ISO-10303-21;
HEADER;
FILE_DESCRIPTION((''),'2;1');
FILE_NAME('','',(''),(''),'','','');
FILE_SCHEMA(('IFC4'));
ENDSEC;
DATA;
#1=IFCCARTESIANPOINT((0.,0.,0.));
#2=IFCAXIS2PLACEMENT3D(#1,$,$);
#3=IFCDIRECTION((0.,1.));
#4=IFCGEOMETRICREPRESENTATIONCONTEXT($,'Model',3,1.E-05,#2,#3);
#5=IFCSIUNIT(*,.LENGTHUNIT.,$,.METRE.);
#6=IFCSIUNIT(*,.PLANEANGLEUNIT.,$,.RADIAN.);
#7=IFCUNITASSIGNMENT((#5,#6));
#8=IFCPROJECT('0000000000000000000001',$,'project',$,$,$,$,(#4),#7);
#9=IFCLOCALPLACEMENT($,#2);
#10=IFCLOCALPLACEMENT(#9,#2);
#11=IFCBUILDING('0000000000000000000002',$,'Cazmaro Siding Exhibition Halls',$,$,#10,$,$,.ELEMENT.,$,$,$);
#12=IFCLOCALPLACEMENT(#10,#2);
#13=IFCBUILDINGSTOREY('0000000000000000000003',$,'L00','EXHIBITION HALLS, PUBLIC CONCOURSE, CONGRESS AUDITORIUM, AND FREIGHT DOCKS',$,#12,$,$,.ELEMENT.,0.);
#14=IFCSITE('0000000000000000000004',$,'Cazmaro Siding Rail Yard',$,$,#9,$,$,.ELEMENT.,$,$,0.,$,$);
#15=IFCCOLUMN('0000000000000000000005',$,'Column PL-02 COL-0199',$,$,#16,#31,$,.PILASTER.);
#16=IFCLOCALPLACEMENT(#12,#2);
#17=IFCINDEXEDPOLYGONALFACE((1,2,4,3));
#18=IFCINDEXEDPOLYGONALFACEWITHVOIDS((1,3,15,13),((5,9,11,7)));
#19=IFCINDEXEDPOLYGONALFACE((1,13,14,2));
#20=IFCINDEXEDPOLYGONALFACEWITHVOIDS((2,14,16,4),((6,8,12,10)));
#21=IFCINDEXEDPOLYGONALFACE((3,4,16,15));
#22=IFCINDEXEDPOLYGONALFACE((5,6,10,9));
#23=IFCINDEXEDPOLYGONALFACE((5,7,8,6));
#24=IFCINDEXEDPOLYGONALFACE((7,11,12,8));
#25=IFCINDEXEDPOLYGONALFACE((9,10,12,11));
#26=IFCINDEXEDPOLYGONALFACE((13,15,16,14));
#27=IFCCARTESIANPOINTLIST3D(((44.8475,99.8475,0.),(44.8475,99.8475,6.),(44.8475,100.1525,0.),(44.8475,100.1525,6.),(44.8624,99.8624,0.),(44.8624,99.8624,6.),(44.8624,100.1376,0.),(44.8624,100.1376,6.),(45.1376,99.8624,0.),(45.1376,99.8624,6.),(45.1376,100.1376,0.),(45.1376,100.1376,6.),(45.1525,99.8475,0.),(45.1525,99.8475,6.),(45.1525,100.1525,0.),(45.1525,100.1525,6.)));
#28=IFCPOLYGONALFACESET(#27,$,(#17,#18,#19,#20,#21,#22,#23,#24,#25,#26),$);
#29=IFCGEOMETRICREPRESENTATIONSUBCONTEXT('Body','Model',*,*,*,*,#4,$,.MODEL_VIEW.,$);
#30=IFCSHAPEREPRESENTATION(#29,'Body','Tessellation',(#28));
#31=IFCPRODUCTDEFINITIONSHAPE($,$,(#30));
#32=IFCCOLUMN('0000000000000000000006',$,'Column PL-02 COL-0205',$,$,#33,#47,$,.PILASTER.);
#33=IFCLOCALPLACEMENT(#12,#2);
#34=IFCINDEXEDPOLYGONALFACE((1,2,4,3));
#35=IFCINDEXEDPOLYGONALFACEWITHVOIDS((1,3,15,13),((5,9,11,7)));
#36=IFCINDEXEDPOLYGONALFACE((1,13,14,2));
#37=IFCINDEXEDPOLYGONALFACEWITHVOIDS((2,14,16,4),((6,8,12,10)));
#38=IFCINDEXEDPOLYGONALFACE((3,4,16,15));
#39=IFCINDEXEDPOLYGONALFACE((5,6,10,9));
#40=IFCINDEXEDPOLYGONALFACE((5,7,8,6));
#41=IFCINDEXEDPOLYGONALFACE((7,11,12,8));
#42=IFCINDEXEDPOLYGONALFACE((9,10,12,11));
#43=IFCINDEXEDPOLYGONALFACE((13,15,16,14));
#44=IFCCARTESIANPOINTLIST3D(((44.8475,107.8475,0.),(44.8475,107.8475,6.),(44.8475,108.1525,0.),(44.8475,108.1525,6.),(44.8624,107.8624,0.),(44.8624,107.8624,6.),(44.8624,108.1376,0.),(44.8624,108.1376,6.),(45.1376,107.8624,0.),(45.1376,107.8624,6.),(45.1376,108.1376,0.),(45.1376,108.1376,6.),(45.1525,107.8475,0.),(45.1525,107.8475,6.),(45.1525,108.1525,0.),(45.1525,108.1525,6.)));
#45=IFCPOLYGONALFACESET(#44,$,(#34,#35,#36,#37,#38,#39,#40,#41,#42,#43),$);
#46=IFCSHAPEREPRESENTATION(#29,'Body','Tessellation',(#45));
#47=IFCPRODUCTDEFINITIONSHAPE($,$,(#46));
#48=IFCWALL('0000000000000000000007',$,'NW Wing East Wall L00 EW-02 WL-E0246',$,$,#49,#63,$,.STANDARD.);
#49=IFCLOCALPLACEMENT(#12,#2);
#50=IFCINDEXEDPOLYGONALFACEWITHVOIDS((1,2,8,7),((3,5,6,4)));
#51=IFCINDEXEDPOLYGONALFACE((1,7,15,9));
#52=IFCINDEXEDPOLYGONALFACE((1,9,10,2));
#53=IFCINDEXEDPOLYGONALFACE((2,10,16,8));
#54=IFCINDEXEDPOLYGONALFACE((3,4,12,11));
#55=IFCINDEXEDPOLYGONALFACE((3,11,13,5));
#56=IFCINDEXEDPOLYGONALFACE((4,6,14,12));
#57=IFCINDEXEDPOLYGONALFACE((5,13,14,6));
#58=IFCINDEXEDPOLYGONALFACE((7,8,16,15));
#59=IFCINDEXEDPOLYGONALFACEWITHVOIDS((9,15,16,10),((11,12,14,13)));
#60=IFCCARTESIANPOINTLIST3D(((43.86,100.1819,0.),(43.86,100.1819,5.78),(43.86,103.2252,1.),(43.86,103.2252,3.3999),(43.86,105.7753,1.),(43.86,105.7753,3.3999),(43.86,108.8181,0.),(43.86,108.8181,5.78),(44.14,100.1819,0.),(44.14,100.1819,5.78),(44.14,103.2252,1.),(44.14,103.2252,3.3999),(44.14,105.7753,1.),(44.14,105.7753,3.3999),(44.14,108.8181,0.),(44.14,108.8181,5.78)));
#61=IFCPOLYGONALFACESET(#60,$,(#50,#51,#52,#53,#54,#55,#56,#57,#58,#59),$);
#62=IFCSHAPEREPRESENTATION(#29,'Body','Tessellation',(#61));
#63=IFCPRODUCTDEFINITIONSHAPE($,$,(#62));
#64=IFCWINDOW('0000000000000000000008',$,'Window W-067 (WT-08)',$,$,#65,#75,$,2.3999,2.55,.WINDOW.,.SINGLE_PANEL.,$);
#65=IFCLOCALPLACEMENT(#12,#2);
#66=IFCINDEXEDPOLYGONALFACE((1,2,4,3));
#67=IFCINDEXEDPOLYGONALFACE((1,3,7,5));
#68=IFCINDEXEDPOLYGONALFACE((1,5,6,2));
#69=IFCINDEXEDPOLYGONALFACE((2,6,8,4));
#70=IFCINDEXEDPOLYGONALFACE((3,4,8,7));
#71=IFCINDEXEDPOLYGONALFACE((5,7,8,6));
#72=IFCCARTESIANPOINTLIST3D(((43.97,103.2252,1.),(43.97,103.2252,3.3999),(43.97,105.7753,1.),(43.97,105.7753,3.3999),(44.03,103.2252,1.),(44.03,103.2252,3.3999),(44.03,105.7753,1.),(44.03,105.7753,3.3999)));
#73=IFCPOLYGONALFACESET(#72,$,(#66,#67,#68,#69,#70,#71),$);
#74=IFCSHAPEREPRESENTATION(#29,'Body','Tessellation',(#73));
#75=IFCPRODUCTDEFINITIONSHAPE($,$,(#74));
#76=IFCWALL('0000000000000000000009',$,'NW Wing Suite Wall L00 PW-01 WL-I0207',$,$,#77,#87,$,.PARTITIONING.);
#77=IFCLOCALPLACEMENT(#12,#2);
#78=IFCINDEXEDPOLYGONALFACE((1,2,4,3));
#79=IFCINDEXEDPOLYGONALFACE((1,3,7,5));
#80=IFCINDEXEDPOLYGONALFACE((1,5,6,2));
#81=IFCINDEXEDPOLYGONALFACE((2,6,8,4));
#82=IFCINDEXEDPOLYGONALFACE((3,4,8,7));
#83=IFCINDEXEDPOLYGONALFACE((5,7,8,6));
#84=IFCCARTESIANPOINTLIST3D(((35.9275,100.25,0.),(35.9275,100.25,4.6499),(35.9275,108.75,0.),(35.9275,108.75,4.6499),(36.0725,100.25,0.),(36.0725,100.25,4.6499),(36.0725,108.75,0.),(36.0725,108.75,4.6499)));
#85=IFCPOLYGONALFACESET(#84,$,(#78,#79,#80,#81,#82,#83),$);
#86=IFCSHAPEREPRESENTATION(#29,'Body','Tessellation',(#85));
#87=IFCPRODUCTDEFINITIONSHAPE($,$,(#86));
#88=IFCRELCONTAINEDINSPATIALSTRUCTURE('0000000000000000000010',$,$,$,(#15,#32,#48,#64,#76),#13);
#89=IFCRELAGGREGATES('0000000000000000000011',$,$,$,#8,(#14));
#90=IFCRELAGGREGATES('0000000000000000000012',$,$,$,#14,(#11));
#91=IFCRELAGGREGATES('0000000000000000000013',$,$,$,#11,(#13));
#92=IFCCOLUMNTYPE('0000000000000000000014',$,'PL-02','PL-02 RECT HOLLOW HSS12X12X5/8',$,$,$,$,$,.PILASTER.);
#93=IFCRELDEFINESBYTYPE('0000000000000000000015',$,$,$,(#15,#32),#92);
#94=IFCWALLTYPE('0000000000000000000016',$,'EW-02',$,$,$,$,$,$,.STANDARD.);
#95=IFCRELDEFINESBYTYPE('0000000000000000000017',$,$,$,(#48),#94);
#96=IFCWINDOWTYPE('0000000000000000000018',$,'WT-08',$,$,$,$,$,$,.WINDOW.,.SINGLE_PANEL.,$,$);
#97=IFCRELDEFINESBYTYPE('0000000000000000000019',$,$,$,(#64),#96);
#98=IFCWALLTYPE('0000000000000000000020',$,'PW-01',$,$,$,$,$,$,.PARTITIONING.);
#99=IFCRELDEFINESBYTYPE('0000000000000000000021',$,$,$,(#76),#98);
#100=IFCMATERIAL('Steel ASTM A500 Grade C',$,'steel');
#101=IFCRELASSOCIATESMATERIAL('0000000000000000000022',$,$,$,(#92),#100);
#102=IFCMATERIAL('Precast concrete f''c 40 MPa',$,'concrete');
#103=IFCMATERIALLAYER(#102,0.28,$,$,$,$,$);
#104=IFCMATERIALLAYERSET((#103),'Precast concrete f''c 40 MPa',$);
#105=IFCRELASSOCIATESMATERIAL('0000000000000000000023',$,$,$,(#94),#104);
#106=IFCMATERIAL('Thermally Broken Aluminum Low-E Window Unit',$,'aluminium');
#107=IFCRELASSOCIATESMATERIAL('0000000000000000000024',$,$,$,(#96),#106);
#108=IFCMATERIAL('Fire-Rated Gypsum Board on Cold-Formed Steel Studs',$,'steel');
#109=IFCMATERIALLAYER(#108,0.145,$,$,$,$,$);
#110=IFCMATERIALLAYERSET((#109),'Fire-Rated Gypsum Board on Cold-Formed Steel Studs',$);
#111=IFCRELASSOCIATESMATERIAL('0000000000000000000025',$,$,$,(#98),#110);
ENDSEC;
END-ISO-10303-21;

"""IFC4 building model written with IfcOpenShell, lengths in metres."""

from ifc_helpers import new_model, si_unit, direction, frame, frame_2d, origin, origin_2d, place, context, subcontext, project, spatial, rectangle, hollow_rectangle, extrude, material, layer, layer_set, material_profile, profile_set, type_object, element, fill, save


model = new_model("IFC4")

# Units and contexts
model_context = context("Model", 3, precision=1e-05, world=origin(), true_north=direction((0.0, 1.0)))
body_context = subcontext(model_context, "Body", "Model", "MODEL_VIEW")
ifc_project = project(units=[si_unit("LENGTHUNIT", "METRE"), si_unit("PLANEANGLEUNIT", "RADIAN")], contexts=[model_context])

# Site, building, storey
site_placement = place(None, origin())
site = spatial("IfcSite", under=ifc_project, at=site_placement, Name="Cazmaro Siding Rail Yard", CompositionType="ELEMENT", RefElevation=0.0)
building_placement = place(site_placement, origin())
building = spatial("IfcBuilding", under=site, at=building_placement, Name="Cazmaro Siding Exhibition Halls", CompositionType="ELEMENT")
storey_placement = place(building_placement, origin())
storey = spatial("IfcBuildingStorey", under=building, at=storey_placement, Name="L00", Description="EXHIBITION HALLS, PUBLIC CONCOURSE, CONGRESS AUDITORIUM, AND FREIGHT DOCKS", CompositionType="ELEMENT", Elevation=0.0)

# Columns
ifc_material_1 = material(Name="Steel ASTM A500 Grade C", Category="steel")
ifc_material_profile_1 = material_profile(ifc_material_1, hollow_rectangle(XDim=0.3049, YDim=0.3049, WallThickness=0.0149, at=origin_2d()), Name="HSS12X12X5/8")
ifc_profile_set_1 = profile_set([ifc_material_profile_1], Name="Steel ASTM A500 Grade C")
column_type_1 = type_object("IfcColumnType", Name="PL-02", Description="PL-02 RECT HOLLOW HSS12X12X5/8", PredefinedType="PILASTER", material=ifc_profile_set_1)
for number, where, z_axis, x_axis, name in (
    (1, (45.0, 100.0, 0.0), (0.0, 0.0, 1.0), (1.0, 0.0, 0.0), "Column PL-02 COL-0199"),
    (2, (45.0, 108.0, 0.0), (0.0, 0.0, 1.0), (1.0, 0.0, 0.0), "Column PL-02 COL-0205"),
):
    element("IfcColumn", number, at=place(storey_placement, frame(where, z_axis=z_axis, x_axis=x_axis)), inside=storey, type_object=column_type_1, Name=name, PredefinedType="PILASTER", context=body_context, shape_type="SweptSolid", body=[
        extrude(hollow_rectangle(XDim=0.3049, YDim=0.3049, WallThickness=0.0149, at=origin_2d()), origin(), (0.0, 0.0, 1.0), 6.0),
    ])

# Wall, opening, window
ifc_material_2 = material(Name="Precast concrete f'c 40 MPa", Category="concrete")
ifc_layer_1 = layer(ifc_material_2, 0.28)
ifc_layer_set_1 = layer_set([ifc_layer_1], Name="Precast concrete f'c 40 MPa")
wall_type_1 = type_object("IfcWallType", Name="EW-02", PredefinedType="STANDARD", material=ifc_layer_set_1)
wall_1_placement = place(storey_placement, frame((44.0, 108.8181, 0.0), z_axis=(0.0, 0.0, 1.0), x_axis=(0.0, -1.0, 0.0)))
wall_1 = element("IfcWall", 3, at=wall_1_placement, inside=storey, type_object=wall_type_1, Name="NW Wing East Wall L00 EW-02 WL-E0246", PredefinedType="STANDARD", context=body_context, shape_type="SweptSolid", body=[
    extrude(rectangle(XDim=8.6362, YDim=0.28, at=frame_2d((4.3181, 0.0))), origin(), (0.0, 0.0, 1.0), 5.78),
])
opening_placement = place(wall_1_placement, frame((3.043, 0.0, 1.0)))
opening = element("IfcOpeningElement", 4, at=opening_placement, cuts=wall_1, PredefinedType="OPENING", context=body_context, shape_type="SweptSolid", body=[
    extrude(rectangle(XDim=2.55, YDim=2.3999, at=frame_2d((1.2749, 1.2))), frame((0.0, 0.1499, 0.0), z_axis=(0.0, -1.0, 0.0), x_axis=(1.0, 0.0, 0.0)), (0.0, 0.0, 1.0), 0.3),
])
ifc_material_3 = material(Name="Thermally Broken Aluminum Low-E Window Unit", Category="aluminium")
window_type = type_object("IfcWindowType", Name="WT-08", PartitioningType="SINGLE_PANEL", PredefinedType="WINDOW", material=ifc_material_3)
window_placement = place(opening_placement, origin())
window = element("IfcWindow", 5, at=window_placement, inside=storey, type_object=window_type, Name="Window W-067 (WT-08)", OverallHeight=2.3999, OverallWidth=2.55, PartitioningType="SINGLE_PANEL", PredefinedType="WINDOW", context=body_context, shape_type="SweptSolid", body=[
    extrude(rectangle(XDim=2.55, YDim=2.3999, at=frame_2d((1.2749, 1.2))), frame((0.0, 0.03, 0.0), z_axis=(0.0, -1.0, 0.0), x_axis=(1.0, 0.0, 0.0)), (0.0, 0.0, 1.0), 0.0601),
])
fill(opening, window)

# Wall
ifc_material_4 = material(Name="Fire-Rated Gypsum Board on Cold-Formed Steel Studs", Category="steel")
ifc_layer_2 = layer(ifc_material_4, 0.145)
ifc_layer_set_2 = layer_set([ifc_layer_2], Name="Fire-Rated Gypsum Board on Cold-Formed Steel Studs")
wall_type_2 = type_object("IfcWallType", Name="PW-01", PredefinedType="PARTITIONING", material=ifc_layer_set_2)
wall_2_placement = place(storey_placement, frame((36.0, 100.25, 0.0), z_axis=(0.0, 0.0, 1.0), x_axis=(0.0, 1.0, 0.0)))
element("IfcWall", 6, at=wall_2_placement, inside=storey, type_object=wall_type_2, Name="NW Wing Suite Wall L00 PW-01 WL-I0207", PredefinedType="PARTITIONING", context=body_context, shape_type="SweptSolid", body=[
    extrude(rectangle(XDim=8.5, YDim=0.145, at=frame_2d((4.25, 0.0))), origin(), (0.0, 0.0, 1.0), 4.6499),
])

save(model, "model.ifc")
